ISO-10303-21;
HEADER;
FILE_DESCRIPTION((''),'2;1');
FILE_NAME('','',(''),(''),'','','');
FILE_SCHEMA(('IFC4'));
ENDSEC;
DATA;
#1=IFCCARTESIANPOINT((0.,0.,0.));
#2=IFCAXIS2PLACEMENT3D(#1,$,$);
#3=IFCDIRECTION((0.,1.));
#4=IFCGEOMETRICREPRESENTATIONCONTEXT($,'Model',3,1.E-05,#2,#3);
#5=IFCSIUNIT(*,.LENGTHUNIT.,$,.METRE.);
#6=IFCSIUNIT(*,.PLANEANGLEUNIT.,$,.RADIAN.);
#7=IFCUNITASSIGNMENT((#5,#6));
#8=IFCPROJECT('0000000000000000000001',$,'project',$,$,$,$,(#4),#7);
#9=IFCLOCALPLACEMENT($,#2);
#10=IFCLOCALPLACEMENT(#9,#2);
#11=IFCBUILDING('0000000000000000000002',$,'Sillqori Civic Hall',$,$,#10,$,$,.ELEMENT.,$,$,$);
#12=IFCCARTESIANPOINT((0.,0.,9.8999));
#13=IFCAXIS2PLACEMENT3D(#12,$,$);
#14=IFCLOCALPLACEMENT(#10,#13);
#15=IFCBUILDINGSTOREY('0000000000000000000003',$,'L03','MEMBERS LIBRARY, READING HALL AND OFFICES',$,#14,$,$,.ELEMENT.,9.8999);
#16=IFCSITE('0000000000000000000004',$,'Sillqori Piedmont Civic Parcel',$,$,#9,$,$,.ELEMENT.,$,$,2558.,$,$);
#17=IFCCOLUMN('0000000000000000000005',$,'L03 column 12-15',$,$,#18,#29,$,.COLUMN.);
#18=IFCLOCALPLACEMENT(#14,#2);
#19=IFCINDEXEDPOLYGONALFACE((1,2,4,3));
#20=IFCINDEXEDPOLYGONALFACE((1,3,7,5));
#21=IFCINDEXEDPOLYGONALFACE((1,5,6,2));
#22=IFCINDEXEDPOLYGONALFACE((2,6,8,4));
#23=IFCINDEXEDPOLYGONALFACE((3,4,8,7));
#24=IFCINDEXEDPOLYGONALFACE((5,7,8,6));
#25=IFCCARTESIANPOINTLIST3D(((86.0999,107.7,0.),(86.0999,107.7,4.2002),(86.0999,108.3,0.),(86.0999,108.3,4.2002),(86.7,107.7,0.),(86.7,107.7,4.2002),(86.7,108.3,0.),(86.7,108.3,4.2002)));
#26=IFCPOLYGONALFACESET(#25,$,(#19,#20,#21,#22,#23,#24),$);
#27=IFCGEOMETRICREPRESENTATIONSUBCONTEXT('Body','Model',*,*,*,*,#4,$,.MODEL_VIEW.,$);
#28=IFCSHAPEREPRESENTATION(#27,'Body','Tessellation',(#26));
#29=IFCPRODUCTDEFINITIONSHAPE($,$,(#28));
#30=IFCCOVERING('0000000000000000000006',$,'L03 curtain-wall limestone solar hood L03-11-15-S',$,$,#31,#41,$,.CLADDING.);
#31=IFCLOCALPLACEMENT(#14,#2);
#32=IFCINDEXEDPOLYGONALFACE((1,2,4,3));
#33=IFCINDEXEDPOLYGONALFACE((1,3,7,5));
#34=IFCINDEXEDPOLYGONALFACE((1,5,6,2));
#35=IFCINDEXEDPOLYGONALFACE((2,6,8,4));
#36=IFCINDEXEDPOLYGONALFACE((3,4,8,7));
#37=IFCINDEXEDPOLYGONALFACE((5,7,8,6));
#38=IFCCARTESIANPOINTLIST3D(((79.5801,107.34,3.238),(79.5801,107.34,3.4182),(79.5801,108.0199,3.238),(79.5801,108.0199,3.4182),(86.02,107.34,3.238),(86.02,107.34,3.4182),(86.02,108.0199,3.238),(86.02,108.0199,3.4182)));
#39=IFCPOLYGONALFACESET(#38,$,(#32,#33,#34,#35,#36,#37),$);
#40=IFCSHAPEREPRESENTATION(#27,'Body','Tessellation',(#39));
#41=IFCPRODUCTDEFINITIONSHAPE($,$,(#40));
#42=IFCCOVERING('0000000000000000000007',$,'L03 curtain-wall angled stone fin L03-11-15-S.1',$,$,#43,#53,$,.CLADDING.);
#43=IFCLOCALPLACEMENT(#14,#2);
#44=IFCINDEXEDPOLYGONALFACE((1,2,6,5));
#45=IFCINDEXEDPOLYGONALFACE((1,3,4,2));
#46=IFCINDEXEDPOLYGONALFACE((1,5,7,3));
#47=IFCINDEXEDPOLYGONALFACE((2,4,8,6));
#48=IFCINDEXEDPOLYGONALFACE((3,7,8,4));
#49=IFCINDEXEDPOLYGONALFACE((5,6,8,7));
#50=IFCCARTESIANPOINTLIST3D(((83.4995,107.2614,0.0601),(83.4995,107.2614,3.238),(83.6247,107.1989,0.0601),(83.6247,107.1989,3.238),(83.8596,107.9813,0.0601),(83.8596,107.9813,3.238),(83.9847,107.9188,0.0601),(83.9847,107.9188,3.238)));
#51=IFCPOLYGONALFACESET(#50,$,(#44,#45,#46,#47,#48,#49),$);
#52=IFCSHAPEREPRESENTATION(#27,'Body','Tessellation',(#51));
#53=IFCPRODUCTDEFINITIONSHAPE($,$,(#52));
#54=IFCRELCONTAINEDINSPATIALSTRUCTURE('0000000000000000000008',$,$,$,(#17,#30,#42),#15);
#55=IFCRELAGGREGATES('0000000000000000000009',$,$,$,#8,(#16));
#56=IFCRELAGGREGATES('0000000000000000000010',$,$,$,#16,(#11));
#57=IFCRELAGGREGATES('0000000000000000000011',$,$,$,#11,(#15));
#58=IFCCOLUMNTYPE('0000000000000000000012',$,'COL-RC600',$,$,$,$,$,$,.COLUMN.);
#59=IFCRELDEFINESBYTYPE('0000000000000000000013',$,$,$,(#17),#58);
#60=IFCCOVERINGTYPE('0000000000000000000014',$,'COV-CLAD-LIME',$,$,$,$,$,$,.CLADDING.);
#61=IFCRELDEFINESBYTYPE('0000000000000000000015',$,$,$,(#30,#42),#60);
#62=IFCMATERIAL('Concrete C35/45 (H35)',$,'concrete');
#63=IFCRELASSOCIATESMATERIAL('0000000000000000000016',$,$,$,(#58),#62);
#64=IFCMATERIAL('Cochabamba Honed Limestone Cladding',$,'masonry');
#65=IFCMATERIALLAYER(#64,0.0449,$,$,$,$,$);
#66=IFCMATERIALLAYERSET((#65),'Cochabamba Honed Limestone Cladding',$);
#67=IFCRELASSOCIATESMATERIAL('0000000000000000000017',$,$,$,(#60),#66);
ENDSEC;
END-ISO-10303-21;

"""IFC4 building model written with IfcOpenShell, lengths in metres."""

from ifc_helpers import new_model, si_unit, direction, frame, frame_2d, origin, origin_2d, place, context, subcontext, project, spatial, rectangle, extrude, material, layer, layer_set, material_profile, profile_set, type_object, element, save


model = new_model("IFC4")

# Units and contexts
model_context = context("Model", 3, precision=1e-05, world=origin(), true_north=direction((0.0, 1.0)))
body_context = subcontext(model_context, "Body", "Model", "MODEL_VIEW")
ifc_project = project(units=[si_unit("LENGTHUNIT", "METRE"), si_unit("PLANEANGLEUNIT", "RADIAN")], contexts=[model_context])

# Site, building, storey
site_placement = place(None, origin())
site = spatial("IfcSite", under=ifc_project, at=site_placement, Name="Sillqori Piedmont Civic Parcel", CompositionType="ELEMENT", RefElevation=2558.0)
building_placement = place(site_placement, origin())
building = spatial("IfcBuilding", under=site, at=building_placement, Name="Sillqori Civic Hall", CompositionType="ELEMENT")
storey_placement = place(building_placement, frame((0.0, 0.0, 9.8999)))
storey = spatial("IfcBuildingStorey", under=building, at=storey_placement, Name="L03", Description="MEMBERS LIBRARY, READING HALL AND OFFICES", CompositionType="ELEMENT", Elevation=9.8999)

# Column
ifc_material_1 = material(Name="Concrete C35/45 (H35)", Category="concrete")
ifc_material_profile_1 = material_profile(ifc_material_1, rectangle(XDim=0.6001, YDim=0.6001, at=origin_2d()), Name="RC 600x600")
ifc_profile_set_1 = profile_set([ifc_material_profile_1], Name="Concrete C35/45 (H35)")
column_type = type_object("IfcColumnType", Name="COL-RC600", PredefinedType="COLUMN", material=ifc_profile_set_1)
column_placement = place(storey_placement, frame((86.3999, 108.0, 0.0), z_axis=(0.0, 0.0, 1.0), x_axis=(1.0, 0.0, 0.0)))
element("IfcColumn", 1, at=column_placement, inside=storey, type_object=column_type, Name="L03 column 12-15", PredefinedType="COLUMN", context=body_context, shape_type="SweptSolid", body=[
    extrude(rectangle(XDim=0.6001, YDim=0.6001, at=origin_2d()), origin(), (0.0, 0.0, 1.0), 4.2002),
])

# Coverings
ifc_material_2 = material(Name="Cochabamba Honed Limestone Cladding", Category="masonry")
ifc_layer_1 = layer(ifc_material_2, 0.0449)
ifc_layer_set_1 = layer_set([ifc_layer_1], Name="Cochabamba Honed Limestone Cladding")
covering_type = type_object("IfcCoveringType", Name="COV-CLAD-LIME", PredefinedType="CLADDING", material=ifc_layer_set_1)
covering_1_placement = place(storey_placement, frame((86.02, 107.6799, 3.238), z_axis=(0.0, 0.0, 1.0), x_axis=(-1.0, 0.0, 0.0)))
element("IfcCovering", 2, at=covering_1_placement, inside=storey, type_object=covering_type, Name="L03 curtain-wall limestone solar hood L03-11-15-S", PredefinedType="CLADDING", context=body_context, shape_type="SweptSolid", body=[
    extrude(rectangle(XDim=6.4399, YDim=0.6799, at=frame_2d((3.22, 0.0))), origin(), (0.0, 0.0, 1.0), 0.1802),
])
covering_2_placement = place(storey_placement, frame((83.9221, 107.95, 0.0601), z_axis=(0.0, 0.0, 1.0), x_axis=(-0.447335, -0.894367, 0.0)))
element("IfcCovering", 3, at=covering_2_placement, inside=storey, type_object=covering_type, Name="L03 curtain-wall angled stone fin L03-11-15-S.1", PredefinedType="CLADDING", context=body_context, shape_type="SweptSolid", body=[
    extrude(rectangle(XDim=0.8049, YDim=0.1399, at=frame_2d((0.4023, 0.0))), origin(), (0.0, 0.0, 1.0), 3.178),
])

save(model, "model.ifc")
